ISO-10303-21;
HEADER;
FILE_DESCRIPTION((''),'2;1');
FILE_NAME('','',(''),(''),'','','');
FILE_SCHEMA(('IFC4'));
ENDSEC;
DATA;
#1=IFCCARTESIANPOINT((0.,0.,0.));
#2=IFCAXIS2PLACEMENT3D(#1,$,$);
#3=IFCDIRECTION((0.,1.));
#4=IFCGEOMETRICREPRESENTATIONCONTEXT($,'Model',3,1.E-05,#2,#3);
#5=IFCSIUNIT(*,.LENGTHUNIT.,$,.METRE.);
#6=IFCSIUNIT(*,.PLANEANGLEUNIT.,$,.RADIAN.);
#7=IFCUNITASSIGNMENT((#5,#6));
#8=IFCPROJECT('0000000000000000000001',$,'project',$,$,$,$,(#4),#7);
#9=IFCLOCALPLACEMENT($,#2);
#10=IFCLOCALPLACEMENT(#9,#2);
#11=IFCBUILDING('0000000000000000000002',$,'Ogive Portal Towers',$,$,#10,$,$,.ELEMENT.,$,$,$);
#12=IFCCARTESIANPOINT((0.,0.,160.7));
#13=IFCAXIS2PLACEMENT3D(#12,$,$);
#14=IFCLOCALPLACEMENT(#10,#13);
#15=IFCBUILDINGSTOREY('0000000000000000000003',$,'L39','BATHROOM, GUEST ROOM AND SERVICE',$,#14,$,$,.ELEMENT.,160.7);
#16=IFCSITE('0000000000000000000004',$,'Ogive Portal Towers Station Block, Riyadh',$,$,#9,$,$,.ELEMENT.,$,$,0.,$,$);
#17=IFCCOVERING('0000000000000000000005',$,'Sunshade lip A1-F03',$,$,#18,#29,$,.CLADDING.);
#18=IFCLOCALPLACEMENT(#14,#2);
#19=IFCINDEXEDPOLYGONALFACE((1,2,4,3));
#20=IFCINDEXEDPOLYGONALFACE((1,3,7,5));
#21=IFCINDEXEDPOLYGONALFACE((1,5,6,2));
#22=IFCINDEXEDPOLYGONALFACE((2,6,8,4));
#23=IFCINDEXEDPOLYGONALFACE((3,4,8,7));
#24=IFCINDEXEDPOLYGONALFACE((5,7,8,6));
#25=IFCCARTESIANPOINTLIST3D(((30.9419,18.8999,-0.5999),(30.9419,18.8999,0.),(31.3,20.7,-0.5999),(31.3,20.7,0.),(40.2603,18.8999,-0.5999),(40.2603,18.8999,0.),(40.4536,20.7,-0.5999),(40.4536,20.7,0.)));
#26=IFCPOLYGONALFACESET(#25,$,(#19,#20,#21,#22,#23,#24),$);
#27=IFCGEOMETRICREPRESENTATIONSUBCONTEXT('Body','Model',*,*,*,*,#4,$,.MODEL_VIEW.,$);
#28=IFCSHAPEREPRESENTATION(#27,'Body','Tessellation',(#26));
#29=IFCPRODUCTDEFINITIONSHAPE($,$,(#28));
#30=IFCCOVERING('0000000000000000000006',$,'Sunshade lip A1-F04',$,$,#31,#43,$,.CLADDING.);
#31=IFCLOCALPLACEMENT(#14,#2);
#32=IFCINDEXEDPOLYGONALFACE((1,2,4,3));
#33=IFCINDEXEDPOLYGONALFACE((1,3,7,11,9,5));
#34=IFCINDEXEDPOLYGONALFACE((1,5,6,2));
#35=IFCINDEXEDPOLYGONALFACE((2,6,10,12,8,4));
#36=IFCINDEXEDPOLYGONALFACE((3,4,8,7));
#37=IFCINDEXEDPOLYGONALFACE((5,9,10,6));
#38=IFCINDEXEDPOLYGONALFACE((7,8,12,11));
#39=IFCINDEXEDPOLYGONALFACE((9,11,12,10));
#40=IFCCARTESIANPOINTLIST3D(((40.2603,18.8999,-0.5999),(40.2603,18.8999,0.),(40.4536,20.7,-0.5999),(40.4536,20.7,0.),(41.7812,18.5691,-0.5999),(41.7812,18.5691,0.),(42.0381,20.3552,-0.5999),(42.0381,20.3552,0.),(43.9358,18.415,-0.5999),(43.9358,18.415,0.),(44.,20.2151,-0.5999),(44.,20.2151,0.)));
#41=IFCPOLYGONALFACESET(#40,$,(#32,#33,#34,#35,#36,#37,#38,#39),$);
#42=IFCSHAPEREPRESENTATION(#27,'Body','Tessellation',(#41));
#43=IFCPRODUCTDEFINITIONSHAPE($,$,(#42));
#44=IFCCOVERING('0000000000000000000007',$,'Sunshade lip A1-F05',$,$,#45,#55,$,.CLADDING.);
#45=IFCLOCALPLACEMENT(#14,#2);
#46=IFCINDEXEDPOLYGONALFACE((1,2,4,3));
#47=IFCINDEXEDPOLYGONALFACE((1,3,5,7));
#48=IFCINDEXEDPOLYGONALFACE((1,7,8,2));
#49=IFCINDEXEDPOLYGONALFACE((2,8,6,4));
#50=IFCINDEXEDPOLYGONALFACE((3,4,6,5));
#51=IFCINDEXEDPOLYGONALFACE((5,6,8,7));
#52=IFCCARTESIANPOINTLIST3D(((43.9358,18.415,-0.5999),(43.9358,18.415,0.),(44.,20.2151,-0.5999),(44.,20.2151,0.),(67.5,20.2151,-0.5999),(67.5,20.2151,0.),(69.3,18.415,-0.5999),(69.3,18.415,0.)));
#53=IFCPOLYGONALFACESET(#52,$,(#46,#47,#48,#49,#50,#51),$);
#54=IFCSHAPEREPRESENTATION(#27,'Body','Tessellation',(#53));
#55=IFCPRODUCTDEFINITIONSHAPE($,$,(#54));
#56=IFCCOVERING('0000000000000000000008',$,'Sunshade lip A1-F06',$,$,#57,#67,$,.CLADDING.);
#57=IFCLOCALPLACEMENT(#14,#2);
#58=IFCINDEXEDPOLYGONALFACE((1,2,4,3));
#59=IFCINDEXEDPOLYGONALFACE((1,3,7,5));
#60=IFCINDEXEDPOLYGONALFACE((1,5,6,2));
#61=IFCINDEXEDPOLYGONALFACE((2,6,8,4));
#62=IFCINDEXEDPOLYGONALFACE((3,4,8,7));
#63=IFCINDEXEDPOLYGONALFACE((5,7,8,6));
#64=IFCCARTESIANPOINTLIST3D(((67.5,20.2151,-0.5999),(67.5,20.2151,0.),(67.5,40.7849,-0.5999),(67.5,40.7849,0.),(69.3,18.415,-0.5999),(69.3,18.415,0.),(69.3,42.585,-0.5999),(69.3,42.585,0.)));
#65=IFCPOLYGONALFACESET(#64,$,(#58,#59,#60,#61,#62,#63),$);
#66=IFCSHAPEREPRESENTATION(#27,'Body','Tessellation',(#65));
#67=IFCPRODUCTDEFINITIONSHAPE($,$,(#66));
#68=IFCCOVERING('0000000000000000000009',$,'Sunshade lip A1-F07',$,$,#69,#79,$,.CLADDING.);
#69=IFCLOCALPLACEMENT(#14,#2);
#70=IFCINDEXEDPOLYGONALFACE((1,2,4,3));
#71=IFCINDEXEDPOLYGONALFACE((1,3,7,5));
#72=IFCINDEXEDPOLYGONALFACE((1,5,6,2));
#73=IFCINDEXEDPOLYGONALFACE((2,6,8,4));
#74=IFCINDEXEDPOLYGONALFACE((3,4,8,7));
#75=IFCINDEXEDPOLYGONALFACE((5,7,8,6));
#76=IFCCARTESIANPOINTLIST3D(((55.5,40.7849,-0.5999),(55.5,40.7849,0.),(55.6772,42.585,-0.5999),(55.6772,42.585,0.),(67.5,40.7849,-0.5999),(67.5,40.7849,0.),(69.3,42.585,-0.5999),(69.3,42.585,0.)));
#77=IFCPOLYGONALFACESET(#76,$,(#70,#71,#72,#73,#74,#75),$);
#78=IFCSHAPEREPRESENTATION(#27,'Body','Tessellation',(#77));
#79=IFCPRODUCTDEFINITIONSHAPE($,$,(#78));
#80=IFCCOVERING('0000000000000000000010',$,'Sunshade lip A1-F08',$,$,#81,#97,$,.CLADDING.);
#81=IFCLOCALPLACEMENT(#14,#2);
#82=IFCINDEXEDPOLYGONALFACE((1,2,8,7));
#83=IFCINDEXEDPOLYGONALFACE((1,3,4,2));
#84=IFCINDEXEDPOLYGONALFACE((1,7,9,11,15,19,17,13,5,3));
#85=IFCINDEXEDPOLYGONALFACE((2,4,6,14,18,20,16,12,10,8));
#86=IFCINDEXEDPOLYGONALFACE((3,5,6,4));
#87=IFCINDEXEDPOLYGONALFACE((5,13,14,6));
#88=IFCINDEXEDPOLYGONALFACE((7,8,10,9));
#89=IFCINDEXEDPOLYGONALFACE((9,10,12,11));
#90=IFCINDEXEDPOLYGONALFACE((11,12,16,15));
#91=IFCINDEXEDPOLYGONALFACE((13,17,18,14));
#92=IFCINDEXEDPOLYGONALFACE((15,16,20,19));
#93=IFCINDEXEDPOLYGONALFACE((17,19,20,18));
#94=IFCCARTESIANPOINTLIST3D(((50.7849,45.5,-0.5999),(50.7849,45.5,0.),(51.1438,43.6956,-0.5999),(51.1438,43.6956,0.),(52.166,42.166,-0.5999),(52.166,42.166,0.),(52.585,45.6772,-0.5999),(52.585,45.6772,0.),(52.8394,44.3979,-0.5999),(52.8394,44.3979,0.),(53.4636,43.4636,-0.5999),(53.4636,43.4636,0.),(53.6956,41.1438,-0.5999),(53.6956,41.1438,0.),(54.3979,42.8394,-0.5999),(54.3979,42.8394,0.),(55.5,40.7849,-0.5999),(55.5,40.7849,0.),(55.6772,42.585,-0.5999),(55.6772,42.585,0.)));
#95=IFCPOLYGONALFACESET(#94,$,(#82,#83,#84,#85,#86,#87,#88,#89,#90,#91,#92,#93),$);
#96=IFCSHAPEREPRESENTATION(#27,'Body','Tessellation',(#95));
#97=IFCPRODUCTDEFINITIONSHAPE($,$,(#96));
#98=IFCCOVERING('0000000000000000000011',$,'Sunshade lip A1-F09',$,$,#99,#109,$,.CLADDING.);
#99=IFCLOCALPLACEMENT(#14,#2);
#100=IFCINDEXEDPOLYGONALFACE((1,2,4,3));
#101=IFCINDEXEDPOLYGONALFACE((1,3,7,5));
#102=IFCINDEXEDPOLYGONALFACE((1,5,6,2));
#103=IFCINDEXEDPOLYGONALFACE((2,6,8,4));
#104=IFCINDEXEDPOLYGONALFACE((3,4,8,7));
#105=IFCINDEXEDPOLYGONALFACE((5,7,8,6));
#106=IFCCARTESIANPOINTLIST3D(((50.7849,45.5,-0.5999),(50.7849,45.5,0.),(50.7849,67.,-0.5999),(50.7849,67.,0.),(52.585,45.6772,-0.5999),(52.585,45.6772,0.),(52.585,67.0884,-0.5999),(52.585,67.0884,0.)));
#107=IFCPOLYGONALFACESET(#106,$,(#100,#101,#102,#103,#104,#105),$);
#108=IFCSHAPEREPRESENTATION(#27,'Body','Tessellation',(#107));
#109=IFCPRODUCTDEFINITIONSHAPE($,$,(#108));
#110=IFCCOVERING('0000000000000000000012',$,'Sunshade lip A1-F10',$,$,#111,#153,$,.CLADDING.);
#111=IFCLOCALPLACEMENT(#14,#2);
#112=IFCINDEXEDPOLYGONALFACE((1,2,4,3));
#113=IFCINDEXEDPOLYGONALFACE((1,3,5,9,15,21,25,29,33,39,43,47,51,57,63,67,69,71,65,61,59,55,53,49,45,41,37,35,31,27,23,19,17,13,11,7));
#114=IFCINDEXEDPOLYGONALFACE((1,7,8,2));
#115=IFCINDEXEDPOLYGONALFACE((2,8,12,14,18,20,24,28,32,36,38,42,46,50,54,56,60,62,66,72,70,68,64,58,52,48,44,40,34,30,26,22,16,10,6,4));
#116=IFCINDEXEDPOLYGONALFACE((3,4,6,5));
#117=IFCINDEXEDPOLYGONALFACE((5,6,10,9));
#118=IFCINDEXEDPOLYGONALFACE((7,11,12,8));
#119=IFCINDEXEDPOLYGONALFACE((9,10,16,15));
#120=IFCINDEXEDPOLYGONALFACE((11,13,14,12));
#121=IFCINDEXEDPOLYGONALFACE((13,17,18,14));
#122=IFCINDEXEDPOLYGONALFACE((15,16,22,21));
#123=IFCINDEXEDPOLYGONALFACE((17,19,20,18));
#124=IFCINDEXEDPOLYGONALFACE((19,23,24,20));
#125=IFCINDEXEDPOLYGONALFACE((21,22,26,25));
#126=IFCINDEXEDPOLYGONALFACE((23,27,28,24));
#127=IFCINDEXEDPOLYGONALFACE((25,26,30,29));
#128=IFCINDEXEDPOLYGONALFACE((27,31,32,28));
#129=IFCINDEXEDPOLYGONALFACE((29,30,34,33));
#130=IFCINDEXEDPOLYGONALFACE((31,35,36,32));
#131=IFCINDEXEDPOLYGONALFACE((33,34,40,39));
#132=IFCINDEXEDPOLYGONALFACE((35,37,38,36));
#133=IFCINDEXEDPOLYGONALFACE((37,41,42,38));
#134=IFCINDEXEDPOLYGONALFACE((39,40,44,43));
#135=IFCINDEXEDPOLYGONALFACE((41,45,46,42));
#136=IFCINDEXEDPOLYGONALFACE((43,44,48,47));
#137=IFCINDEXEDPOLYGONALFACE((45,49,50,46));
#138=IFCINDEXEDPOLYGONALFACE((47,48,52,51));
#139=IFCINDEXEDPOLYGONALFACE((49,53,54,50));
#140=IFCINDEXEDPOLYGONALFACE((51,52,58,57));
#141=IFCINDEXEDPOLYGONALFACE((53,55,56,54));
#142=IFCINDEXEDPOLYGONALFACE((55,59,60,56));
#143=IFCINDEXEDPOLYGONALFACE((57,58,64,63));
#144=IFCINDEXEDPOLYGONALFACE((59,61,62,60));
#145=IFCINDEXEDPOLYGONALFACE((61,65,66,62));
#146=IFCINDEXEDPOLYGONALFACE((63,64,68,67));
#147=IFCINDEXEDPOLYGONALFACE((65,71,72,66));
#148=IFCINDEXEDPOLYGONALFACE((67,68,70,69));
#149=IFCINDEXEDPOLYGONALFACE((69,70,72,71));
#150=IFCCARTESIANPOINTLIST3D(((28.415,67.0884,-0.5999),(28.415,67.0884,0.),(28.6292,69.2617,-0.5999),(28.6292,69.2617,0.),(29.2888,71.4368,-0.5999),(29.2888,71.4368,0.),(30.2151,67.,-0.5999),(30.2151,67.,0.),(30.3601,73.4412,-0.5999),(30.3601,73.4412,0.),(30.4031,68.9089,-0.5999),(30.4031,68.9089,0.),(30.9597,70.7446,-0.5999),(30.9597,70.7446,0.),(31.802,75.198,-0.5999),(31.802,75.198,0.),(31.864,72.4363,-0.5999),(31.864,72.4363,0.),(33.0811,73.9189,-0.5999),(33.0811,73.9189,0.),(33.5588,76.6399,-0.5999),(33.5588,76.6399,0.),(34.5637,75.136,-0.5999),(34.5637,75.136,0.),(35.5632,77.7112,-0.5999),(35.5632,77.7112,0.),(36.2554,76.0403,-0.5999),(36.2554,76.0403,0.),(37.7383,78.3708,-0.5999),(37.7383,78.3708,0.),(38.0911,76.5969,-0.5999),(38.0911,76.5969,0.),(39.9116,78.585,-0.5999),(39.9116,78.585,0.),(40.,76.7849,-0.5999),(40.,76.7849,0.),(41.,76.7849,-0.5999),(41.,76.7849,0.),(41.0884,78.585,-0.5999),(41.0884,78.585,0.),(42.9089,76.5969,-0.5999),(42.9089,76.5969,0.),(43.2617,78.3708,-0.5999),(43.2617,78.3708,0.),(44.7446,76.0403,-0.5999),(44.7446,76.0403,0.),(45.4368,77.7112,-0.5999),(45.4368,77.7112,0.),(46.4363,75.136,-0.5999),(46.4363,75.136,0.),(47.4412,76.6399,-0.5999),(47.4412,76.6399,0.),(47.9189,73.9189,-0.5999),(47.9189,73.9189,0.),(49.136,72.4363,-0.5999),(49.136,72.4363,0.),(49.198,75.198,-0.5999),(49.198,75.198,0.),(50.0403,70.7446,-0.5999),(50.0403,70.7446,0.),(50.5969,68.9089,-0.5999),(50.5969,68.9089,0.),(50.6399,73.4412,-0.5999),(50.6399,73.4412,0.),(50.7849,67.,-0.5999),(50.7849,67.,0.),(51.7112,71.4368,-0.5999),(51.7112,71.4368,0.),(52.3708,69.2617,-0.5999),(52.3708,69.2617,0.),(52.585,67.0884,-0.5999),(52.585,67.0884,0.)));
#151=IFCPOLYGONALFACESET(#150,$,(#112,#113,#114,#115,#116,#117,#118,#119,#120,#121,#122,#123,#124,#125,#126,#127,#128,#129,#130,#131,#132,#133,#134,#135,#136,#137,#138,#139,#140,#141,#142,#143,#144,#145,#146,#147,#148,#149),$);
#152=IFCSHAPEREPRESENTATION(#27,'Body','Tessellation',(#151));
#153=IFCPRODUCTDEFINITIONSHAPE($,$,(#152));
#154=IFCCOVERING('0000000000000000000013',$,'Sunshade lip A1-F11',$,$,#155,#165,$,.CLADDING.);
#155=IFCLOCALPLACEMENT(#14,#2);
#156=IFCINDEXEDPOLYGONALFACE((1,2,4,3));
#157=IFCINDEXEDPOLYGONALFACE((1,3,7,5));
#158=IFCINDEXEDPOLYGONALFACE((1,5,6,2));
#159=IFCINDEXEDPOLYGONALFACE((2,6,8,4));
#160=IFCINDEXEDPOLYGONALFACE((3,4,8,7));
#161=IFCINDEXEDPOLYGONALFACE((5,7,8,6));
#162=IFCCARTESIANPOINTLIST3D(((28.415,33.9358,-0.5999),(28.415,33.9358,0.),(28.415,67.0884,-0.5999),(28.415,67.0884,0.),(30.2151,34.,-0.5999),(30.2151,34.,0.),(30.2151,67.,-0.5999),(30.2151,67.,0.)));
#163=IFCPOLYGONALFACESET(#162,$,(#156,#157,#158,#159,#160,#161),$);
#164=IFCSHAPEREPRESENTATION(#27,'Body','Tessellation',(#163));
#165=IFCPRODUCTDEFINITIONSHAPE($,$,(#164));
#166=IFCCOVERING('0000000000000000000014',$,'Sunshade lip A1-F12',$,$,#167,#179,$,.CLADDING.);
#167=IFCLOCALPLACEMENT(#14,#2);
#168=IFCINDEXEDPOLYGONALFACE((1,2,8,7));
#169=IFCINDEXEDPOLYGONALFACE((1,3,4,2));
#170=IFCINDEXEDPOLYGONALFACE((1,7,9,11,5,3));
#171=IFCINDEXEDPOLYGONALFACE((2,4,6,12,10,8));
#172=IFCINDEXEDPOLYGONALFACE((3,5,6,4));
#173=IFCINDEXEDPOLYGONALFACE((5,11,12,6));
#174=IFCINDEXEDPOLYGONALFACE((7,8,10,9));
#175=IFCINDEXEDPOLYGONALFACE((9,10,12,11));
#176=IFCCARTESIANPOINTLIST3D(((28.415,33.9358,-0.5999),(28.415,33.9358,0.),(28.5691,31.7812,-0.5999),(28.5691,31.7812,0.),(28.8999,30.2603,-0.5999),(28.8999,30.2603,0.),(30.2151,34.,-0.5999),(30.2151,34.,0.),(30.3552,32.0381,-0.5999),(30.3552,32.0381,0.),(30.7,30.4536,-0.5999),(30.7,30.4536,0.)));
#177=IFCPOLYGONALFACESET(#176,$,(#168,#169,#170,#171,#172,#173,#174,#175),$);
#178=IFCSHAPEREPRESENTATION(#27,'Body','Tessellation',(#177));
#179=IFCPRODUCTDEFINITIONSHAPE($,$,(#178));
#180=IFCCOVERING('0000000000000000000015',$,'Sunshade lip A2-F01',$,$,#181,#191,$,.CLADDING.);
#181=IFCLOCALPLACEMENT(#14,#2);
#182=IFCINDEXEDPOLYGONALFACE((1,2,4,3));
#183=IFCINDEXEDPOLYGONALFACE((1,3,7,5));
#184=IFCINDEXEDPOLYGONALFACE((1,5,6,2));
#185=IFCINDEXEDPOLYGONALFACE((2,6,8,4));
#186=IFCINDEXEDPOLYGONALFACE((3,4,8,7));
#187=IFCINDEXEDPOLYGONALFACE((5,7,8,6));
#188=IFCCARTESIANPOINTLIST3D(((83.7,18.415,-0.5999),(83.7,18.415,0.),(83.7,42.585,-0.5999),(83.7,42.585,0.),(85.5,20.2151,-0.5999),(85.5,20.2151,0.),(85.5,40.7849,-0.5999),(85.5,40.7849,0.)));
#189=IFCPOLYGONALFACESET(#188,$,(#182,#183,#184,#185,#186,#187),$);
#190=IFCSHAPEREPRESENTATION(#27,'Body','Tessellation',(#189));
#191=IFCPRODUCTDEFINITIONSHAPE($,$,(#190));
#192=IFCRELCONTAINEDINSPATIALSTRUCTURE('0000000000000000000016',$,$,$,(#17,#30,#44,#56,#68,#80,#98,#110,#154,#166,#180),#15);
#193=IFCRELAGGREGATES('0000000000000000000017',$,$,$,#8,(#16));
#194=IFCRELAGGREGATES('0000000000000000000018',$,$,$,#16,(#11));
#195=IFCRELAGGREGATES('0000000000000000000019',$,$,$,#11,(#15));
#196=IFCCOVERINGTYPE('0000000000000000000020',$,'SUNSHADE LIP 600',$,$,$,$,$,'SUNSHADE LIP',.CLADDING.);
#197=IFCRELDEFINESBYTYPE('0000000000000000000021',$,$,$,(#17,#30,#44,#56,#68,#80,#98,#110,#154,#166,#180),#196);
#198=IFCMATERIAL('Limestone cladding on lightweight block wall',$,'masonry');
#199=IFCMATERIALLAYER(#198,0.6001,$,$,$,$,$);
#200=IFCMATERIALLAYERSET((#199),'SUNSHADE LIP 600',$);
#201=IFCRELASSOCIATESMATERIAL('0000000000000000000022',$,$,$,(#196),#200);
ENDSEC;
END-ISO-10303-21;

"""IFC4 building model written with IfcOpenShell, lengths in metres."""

from ifc_helpers import new_model, si_unit, direction, frame, origin, place, context, subcontext, project, spatial, polyline, outline, extrude, material, layer, layer_set, type_object, element, save


model = new_model("IFC4")

# Units and contexts
model_context = context("Model", 3, precision=1e-05, world=origin(), true_north=direction((0.0, 1.0)))
body_context = subcontext(model_context, "Body", "Model", "MODEL_VIEW")
ifc_project = project(units=[si_unit("LENGTHUNIT", "METRE"), si_unit("PLANEANGLEUNIT", "RADIAN")], contexts=[model_context])

# Site, building, storey
site_placement = place(None, origin())
site = spatial("IfcSite", under=ifc_project, at=site_placement, Name="Ogive Portal Towers Station Block, Riyadh", CompositionType="ELEMENT", RefElevation=0.0)
building_placement = place(site_placement, origin())
building = spatial("IfcBuilding", under=site, at=building_placement, Name="Ogive Portal Towers", CompositionType="ELEMENT")
storey_placement = place(building_placement, frame((0.0, 0.0, 160.7)))
storey = spatial("IfcBuildingStorey", under=building, at=storey_placement, Name="L39", Description="BATHROOM, GUEST ROOM AND SERVICE", CompositionType="ELEMENT", Elevation=160.7)

# Coverings
ifc_material_1 = material(Name="Limestone cladding on lightweight block wall", Category="masonry")
ifc_layer_1 = layer(ifc_material_1, 0.6001)
ifc_layer_set_1 = layer_set([ifc_layer_1], Name="SUNSHADE LIP 600")
covering_type_1 = type_object("IfcCoveringType", Name="SUNSHADE LIP 600", ElementType="SUNSHADE LIP", PredefinedType="CLADDING", material=ifc_layer_set_1)
covering_1_placement = place(storey_placement, frame((0.0, 0.0, -0.5999)))
element("IfcCovering", 1, at=covering_1_placement, inside=storey, type_object=covering_type_1, Name="Sunshade lip A1-F03", PredefinedType="CLADDING", context=body_context, shape_type="SweptSolid", body=[
    extrude(outline(polyline([(31.3, 20.7), (40.4536, 20.7), (40.2603, 18.8999), (30.9419, 18.8999), (31.3, 20.7)])), origin(), (0.0, 0.0, 1.0), 0.5999),
])
covering_2_placement = place(storey_placement, frame((0.0, 0.0, -0.5999)))
element("IfcCovering", 2, at=covering_2_placement, inside=storey, type_object=covering_type_1, Name="Sunshade lip A1-F04", PredefinedType="CLADDING", context=body_context, shape_type="SweptSolid", body=[
    extrude(outline(polyline([(40.4536, 20.7), (42.0381, 20.3552), (44.0, 20.2151), (43.9358, 18.415), (41.7812, 18.5691), (40.2603, 18.8999), (40.4536, 20.7)])), origin(), (0.0, 0.0, 1.0), 0.5999),
])
covering_3_placement = place(storey_placement, frame((0.0, 0.0, -0.5999)))
element("IfcCovering", 3, at=covering_3_placement, inside=storey, type_object=covering_type_1, Name="Sunshade lip A1-F05", PredefinedType="CLADDING", context=body_context, shape_type="SweptSolid", body=[
    extrude(outline(polyline([(44.0, 20.2151), (67.5, 20.2151), (69.3, 18.415), (43.9358, 18.415), (44.0, 20.2151)])), origin(), (0.0, 0.0, 1.0), 0.5999),
])
covering_4_placement = place(storey_placement, frame((0.0, 0.0, -0.5999)))
element("IfcCovering", 4, at=covering_4_placement, inside=storey, type_object=covering_type_1, Name="Sunshade lip A1-F06", PredefinedType="CLADDING", context=body_context, shape_type="SweptSolid", body=[
    extrude(outline(polyline([(67.5, 20.2151), (67.5, 40.7849), (69.3, 42.585), (69.3, 18.415), (67.5, 20.2151)])), origin(), (0.0, 0.0, 1.0), 0.5999),
])
covering_5_placement = place(storey_placement, frame((0.0, 0.0, -0.5999)))
element("IfcCovering", 5, at=covering_5_placement, inside=storey, type_object=covering_type_1, Name="Sunshade lip A1-F07", PredefinedType="CLADDING", context=body_context, shape_type="SweptSolid", body=[
    extrude(outline(polyline([(67.5, 40.7849), (55.5, 40.7849), (55.6772, 42.585), (69.3, 42.585), (67.5, 40.7849)])), origin(), (0.0, 0.0, 1.0), 0.5999),
])
covering_6_placement = place(storey_placement, frame((0.0, 0.0, -0.5999)))
element("IfcCovering", 6, at=covering_6_placement, inside=storey, type_object=covering_type_1, Name="Sunshade lip A1-F08", PredefinedType="CLADDING", context=body_context, shape_type="SweptSolid", body=[
    extrude(outline(polyline([(55.5, 40.7849), (53.6956, 41.1438), (52.166, 42.166), (51.1438, 43.6956), (50.7849, 45.5), (52.585, 45.6772), (52.8394, 44.3979), (53.4636, 43.4636), (54.3979, 42.8394), (55.6772, 42.585), (55.5, 40.7849)])), origin(), (0.0, 0.0, 1.0), 0.5999),
])
covering_7_placement = place(storey_placement, frame((0.0, 0.0, -0.5999)))
element("IfcCovering", 7, at=covering_7_placement, inside=storey, type_object=covering_type_1, Name="Sunshade lip A1-F09", PredefinedType="CLADDING", context=body_context, shape_type="SweptSolid", body=[
    extrude(outline(polyline([(50.7849, 45.5), (50.7849, 67.0), (52.585, 67.0884), (52.585, 45.6772), (50.7849, 45.5)])), origin(), (0.0, 0.0, 1.0), 0.5999),
])
covering_8_placement = place(storey_placement, frame((0.0, 0.0, -0.5999)))
element("IfcCovering", 8, at=covering_8_placement, inside=storey, type_object=covering_type_1, Name="Sunshade lip A1-F10", PredefinedType="CLADDING", context=body_context, shape_type="SweptSolid", body=[
    extrude(outline(polyline([(50.7849, 67.0), (50.5969, 68.9089), (50.0403, 70.7446), (49.136, 72.4363), (47.9189, 73.9189), (46.4363, 75.136), (44.7446, 76.0403), (42.9089, 76.5969), (41.0, 76.7849), (40.0, 76.7849), (38.0911, 76.5969), (36.2554, 76.0403), (34.5637, 75.136), (33.0811, 73.9189), (31.864, 72.4363), (30.9597, 70.7446), (30.4031, 68.9089), (30.2151, 67.0), (28.415, 67.0884), (28.6292, 69.2617), (29.2888, 71.4368), (30.3601, 73.4412), (31.802, 75.198), (33.5588, 76.6399), (35.5632, 77.7112), (37.7383, 78.3708), (39.9116, 78.585), (41.0884, 78.585), (43.2617, 78.3708), (45.4368, 77.7112), (47.4412, 76.6399), (49.198, 75.198), (50.6399, 73.4412), (51.7112, 71.4368), (52.3708, 69.2617), (52.585, 67.0884), (50.7849, 67.0)])), origin(), (0.0, 0.0, 1.0), 0.5999),
])
covering_9_placement = place(storey_placement, frame((0.0, 0.0, -0.5999)))
element("IfcCovering", 9, at=covering_9_placement, inside=storey, type_object=covering_type_1, Name="Sunshade lip A1-F11", PredefinedType="CLADDING", context=body_context, shape_type="SweptSolid", body=[
    extrude(outline(polyline([(30.2151, 67.0), (30.2151, 34.0), (28.415, 33.9358), (28.415, 67.0884), (30.2151, 67.0)])), origin(), (0.0, 0.0, 1.0), 0.5999),
])
covering_10_placement = place(storey_placement, frame((0.0, 0.0, -0.5999)))
element("IfcCovering", 10, at=covering_10_placement, inside=storey, type_object=covering_type_1, Name="Sunshade lip A1-F12", PredefinedType="CLADDING", context=body_context, shape_type="SweptSolid", body=[
    extrude(outline(polyline([(30.2151, 34.0), (30.3552, 32.0381), (30.7, 30.4536), (28.8999, 30.2603), (28.5691, 31.7812), (28.415, 33.9358), (30.2151, 34.0)])), origin(), (0.0, 0.0, 1.0), 0.5999),
])
covering_11_placement = place(storey_placement, frame((0.0, 0.0, -0.5999)))
element("IfcCovering", 11, at=covering_11_placement, inside=storey, type_object=covering_type_1, Name="Sunshade lip A2-F01", PredefinedType="CLADDING", context=body_context, shape_type="SweptSolid", body=[
    extrude(outline(polyline([(85.5, 40.7849), (85.5, 20.2151), (83.7, 18.415), (83.7, 42.585), (85.5, 40.7849)])), origin(), (0.0, 0.0, 1.0), 0.5999),
])

save(model, "model.ifc")
